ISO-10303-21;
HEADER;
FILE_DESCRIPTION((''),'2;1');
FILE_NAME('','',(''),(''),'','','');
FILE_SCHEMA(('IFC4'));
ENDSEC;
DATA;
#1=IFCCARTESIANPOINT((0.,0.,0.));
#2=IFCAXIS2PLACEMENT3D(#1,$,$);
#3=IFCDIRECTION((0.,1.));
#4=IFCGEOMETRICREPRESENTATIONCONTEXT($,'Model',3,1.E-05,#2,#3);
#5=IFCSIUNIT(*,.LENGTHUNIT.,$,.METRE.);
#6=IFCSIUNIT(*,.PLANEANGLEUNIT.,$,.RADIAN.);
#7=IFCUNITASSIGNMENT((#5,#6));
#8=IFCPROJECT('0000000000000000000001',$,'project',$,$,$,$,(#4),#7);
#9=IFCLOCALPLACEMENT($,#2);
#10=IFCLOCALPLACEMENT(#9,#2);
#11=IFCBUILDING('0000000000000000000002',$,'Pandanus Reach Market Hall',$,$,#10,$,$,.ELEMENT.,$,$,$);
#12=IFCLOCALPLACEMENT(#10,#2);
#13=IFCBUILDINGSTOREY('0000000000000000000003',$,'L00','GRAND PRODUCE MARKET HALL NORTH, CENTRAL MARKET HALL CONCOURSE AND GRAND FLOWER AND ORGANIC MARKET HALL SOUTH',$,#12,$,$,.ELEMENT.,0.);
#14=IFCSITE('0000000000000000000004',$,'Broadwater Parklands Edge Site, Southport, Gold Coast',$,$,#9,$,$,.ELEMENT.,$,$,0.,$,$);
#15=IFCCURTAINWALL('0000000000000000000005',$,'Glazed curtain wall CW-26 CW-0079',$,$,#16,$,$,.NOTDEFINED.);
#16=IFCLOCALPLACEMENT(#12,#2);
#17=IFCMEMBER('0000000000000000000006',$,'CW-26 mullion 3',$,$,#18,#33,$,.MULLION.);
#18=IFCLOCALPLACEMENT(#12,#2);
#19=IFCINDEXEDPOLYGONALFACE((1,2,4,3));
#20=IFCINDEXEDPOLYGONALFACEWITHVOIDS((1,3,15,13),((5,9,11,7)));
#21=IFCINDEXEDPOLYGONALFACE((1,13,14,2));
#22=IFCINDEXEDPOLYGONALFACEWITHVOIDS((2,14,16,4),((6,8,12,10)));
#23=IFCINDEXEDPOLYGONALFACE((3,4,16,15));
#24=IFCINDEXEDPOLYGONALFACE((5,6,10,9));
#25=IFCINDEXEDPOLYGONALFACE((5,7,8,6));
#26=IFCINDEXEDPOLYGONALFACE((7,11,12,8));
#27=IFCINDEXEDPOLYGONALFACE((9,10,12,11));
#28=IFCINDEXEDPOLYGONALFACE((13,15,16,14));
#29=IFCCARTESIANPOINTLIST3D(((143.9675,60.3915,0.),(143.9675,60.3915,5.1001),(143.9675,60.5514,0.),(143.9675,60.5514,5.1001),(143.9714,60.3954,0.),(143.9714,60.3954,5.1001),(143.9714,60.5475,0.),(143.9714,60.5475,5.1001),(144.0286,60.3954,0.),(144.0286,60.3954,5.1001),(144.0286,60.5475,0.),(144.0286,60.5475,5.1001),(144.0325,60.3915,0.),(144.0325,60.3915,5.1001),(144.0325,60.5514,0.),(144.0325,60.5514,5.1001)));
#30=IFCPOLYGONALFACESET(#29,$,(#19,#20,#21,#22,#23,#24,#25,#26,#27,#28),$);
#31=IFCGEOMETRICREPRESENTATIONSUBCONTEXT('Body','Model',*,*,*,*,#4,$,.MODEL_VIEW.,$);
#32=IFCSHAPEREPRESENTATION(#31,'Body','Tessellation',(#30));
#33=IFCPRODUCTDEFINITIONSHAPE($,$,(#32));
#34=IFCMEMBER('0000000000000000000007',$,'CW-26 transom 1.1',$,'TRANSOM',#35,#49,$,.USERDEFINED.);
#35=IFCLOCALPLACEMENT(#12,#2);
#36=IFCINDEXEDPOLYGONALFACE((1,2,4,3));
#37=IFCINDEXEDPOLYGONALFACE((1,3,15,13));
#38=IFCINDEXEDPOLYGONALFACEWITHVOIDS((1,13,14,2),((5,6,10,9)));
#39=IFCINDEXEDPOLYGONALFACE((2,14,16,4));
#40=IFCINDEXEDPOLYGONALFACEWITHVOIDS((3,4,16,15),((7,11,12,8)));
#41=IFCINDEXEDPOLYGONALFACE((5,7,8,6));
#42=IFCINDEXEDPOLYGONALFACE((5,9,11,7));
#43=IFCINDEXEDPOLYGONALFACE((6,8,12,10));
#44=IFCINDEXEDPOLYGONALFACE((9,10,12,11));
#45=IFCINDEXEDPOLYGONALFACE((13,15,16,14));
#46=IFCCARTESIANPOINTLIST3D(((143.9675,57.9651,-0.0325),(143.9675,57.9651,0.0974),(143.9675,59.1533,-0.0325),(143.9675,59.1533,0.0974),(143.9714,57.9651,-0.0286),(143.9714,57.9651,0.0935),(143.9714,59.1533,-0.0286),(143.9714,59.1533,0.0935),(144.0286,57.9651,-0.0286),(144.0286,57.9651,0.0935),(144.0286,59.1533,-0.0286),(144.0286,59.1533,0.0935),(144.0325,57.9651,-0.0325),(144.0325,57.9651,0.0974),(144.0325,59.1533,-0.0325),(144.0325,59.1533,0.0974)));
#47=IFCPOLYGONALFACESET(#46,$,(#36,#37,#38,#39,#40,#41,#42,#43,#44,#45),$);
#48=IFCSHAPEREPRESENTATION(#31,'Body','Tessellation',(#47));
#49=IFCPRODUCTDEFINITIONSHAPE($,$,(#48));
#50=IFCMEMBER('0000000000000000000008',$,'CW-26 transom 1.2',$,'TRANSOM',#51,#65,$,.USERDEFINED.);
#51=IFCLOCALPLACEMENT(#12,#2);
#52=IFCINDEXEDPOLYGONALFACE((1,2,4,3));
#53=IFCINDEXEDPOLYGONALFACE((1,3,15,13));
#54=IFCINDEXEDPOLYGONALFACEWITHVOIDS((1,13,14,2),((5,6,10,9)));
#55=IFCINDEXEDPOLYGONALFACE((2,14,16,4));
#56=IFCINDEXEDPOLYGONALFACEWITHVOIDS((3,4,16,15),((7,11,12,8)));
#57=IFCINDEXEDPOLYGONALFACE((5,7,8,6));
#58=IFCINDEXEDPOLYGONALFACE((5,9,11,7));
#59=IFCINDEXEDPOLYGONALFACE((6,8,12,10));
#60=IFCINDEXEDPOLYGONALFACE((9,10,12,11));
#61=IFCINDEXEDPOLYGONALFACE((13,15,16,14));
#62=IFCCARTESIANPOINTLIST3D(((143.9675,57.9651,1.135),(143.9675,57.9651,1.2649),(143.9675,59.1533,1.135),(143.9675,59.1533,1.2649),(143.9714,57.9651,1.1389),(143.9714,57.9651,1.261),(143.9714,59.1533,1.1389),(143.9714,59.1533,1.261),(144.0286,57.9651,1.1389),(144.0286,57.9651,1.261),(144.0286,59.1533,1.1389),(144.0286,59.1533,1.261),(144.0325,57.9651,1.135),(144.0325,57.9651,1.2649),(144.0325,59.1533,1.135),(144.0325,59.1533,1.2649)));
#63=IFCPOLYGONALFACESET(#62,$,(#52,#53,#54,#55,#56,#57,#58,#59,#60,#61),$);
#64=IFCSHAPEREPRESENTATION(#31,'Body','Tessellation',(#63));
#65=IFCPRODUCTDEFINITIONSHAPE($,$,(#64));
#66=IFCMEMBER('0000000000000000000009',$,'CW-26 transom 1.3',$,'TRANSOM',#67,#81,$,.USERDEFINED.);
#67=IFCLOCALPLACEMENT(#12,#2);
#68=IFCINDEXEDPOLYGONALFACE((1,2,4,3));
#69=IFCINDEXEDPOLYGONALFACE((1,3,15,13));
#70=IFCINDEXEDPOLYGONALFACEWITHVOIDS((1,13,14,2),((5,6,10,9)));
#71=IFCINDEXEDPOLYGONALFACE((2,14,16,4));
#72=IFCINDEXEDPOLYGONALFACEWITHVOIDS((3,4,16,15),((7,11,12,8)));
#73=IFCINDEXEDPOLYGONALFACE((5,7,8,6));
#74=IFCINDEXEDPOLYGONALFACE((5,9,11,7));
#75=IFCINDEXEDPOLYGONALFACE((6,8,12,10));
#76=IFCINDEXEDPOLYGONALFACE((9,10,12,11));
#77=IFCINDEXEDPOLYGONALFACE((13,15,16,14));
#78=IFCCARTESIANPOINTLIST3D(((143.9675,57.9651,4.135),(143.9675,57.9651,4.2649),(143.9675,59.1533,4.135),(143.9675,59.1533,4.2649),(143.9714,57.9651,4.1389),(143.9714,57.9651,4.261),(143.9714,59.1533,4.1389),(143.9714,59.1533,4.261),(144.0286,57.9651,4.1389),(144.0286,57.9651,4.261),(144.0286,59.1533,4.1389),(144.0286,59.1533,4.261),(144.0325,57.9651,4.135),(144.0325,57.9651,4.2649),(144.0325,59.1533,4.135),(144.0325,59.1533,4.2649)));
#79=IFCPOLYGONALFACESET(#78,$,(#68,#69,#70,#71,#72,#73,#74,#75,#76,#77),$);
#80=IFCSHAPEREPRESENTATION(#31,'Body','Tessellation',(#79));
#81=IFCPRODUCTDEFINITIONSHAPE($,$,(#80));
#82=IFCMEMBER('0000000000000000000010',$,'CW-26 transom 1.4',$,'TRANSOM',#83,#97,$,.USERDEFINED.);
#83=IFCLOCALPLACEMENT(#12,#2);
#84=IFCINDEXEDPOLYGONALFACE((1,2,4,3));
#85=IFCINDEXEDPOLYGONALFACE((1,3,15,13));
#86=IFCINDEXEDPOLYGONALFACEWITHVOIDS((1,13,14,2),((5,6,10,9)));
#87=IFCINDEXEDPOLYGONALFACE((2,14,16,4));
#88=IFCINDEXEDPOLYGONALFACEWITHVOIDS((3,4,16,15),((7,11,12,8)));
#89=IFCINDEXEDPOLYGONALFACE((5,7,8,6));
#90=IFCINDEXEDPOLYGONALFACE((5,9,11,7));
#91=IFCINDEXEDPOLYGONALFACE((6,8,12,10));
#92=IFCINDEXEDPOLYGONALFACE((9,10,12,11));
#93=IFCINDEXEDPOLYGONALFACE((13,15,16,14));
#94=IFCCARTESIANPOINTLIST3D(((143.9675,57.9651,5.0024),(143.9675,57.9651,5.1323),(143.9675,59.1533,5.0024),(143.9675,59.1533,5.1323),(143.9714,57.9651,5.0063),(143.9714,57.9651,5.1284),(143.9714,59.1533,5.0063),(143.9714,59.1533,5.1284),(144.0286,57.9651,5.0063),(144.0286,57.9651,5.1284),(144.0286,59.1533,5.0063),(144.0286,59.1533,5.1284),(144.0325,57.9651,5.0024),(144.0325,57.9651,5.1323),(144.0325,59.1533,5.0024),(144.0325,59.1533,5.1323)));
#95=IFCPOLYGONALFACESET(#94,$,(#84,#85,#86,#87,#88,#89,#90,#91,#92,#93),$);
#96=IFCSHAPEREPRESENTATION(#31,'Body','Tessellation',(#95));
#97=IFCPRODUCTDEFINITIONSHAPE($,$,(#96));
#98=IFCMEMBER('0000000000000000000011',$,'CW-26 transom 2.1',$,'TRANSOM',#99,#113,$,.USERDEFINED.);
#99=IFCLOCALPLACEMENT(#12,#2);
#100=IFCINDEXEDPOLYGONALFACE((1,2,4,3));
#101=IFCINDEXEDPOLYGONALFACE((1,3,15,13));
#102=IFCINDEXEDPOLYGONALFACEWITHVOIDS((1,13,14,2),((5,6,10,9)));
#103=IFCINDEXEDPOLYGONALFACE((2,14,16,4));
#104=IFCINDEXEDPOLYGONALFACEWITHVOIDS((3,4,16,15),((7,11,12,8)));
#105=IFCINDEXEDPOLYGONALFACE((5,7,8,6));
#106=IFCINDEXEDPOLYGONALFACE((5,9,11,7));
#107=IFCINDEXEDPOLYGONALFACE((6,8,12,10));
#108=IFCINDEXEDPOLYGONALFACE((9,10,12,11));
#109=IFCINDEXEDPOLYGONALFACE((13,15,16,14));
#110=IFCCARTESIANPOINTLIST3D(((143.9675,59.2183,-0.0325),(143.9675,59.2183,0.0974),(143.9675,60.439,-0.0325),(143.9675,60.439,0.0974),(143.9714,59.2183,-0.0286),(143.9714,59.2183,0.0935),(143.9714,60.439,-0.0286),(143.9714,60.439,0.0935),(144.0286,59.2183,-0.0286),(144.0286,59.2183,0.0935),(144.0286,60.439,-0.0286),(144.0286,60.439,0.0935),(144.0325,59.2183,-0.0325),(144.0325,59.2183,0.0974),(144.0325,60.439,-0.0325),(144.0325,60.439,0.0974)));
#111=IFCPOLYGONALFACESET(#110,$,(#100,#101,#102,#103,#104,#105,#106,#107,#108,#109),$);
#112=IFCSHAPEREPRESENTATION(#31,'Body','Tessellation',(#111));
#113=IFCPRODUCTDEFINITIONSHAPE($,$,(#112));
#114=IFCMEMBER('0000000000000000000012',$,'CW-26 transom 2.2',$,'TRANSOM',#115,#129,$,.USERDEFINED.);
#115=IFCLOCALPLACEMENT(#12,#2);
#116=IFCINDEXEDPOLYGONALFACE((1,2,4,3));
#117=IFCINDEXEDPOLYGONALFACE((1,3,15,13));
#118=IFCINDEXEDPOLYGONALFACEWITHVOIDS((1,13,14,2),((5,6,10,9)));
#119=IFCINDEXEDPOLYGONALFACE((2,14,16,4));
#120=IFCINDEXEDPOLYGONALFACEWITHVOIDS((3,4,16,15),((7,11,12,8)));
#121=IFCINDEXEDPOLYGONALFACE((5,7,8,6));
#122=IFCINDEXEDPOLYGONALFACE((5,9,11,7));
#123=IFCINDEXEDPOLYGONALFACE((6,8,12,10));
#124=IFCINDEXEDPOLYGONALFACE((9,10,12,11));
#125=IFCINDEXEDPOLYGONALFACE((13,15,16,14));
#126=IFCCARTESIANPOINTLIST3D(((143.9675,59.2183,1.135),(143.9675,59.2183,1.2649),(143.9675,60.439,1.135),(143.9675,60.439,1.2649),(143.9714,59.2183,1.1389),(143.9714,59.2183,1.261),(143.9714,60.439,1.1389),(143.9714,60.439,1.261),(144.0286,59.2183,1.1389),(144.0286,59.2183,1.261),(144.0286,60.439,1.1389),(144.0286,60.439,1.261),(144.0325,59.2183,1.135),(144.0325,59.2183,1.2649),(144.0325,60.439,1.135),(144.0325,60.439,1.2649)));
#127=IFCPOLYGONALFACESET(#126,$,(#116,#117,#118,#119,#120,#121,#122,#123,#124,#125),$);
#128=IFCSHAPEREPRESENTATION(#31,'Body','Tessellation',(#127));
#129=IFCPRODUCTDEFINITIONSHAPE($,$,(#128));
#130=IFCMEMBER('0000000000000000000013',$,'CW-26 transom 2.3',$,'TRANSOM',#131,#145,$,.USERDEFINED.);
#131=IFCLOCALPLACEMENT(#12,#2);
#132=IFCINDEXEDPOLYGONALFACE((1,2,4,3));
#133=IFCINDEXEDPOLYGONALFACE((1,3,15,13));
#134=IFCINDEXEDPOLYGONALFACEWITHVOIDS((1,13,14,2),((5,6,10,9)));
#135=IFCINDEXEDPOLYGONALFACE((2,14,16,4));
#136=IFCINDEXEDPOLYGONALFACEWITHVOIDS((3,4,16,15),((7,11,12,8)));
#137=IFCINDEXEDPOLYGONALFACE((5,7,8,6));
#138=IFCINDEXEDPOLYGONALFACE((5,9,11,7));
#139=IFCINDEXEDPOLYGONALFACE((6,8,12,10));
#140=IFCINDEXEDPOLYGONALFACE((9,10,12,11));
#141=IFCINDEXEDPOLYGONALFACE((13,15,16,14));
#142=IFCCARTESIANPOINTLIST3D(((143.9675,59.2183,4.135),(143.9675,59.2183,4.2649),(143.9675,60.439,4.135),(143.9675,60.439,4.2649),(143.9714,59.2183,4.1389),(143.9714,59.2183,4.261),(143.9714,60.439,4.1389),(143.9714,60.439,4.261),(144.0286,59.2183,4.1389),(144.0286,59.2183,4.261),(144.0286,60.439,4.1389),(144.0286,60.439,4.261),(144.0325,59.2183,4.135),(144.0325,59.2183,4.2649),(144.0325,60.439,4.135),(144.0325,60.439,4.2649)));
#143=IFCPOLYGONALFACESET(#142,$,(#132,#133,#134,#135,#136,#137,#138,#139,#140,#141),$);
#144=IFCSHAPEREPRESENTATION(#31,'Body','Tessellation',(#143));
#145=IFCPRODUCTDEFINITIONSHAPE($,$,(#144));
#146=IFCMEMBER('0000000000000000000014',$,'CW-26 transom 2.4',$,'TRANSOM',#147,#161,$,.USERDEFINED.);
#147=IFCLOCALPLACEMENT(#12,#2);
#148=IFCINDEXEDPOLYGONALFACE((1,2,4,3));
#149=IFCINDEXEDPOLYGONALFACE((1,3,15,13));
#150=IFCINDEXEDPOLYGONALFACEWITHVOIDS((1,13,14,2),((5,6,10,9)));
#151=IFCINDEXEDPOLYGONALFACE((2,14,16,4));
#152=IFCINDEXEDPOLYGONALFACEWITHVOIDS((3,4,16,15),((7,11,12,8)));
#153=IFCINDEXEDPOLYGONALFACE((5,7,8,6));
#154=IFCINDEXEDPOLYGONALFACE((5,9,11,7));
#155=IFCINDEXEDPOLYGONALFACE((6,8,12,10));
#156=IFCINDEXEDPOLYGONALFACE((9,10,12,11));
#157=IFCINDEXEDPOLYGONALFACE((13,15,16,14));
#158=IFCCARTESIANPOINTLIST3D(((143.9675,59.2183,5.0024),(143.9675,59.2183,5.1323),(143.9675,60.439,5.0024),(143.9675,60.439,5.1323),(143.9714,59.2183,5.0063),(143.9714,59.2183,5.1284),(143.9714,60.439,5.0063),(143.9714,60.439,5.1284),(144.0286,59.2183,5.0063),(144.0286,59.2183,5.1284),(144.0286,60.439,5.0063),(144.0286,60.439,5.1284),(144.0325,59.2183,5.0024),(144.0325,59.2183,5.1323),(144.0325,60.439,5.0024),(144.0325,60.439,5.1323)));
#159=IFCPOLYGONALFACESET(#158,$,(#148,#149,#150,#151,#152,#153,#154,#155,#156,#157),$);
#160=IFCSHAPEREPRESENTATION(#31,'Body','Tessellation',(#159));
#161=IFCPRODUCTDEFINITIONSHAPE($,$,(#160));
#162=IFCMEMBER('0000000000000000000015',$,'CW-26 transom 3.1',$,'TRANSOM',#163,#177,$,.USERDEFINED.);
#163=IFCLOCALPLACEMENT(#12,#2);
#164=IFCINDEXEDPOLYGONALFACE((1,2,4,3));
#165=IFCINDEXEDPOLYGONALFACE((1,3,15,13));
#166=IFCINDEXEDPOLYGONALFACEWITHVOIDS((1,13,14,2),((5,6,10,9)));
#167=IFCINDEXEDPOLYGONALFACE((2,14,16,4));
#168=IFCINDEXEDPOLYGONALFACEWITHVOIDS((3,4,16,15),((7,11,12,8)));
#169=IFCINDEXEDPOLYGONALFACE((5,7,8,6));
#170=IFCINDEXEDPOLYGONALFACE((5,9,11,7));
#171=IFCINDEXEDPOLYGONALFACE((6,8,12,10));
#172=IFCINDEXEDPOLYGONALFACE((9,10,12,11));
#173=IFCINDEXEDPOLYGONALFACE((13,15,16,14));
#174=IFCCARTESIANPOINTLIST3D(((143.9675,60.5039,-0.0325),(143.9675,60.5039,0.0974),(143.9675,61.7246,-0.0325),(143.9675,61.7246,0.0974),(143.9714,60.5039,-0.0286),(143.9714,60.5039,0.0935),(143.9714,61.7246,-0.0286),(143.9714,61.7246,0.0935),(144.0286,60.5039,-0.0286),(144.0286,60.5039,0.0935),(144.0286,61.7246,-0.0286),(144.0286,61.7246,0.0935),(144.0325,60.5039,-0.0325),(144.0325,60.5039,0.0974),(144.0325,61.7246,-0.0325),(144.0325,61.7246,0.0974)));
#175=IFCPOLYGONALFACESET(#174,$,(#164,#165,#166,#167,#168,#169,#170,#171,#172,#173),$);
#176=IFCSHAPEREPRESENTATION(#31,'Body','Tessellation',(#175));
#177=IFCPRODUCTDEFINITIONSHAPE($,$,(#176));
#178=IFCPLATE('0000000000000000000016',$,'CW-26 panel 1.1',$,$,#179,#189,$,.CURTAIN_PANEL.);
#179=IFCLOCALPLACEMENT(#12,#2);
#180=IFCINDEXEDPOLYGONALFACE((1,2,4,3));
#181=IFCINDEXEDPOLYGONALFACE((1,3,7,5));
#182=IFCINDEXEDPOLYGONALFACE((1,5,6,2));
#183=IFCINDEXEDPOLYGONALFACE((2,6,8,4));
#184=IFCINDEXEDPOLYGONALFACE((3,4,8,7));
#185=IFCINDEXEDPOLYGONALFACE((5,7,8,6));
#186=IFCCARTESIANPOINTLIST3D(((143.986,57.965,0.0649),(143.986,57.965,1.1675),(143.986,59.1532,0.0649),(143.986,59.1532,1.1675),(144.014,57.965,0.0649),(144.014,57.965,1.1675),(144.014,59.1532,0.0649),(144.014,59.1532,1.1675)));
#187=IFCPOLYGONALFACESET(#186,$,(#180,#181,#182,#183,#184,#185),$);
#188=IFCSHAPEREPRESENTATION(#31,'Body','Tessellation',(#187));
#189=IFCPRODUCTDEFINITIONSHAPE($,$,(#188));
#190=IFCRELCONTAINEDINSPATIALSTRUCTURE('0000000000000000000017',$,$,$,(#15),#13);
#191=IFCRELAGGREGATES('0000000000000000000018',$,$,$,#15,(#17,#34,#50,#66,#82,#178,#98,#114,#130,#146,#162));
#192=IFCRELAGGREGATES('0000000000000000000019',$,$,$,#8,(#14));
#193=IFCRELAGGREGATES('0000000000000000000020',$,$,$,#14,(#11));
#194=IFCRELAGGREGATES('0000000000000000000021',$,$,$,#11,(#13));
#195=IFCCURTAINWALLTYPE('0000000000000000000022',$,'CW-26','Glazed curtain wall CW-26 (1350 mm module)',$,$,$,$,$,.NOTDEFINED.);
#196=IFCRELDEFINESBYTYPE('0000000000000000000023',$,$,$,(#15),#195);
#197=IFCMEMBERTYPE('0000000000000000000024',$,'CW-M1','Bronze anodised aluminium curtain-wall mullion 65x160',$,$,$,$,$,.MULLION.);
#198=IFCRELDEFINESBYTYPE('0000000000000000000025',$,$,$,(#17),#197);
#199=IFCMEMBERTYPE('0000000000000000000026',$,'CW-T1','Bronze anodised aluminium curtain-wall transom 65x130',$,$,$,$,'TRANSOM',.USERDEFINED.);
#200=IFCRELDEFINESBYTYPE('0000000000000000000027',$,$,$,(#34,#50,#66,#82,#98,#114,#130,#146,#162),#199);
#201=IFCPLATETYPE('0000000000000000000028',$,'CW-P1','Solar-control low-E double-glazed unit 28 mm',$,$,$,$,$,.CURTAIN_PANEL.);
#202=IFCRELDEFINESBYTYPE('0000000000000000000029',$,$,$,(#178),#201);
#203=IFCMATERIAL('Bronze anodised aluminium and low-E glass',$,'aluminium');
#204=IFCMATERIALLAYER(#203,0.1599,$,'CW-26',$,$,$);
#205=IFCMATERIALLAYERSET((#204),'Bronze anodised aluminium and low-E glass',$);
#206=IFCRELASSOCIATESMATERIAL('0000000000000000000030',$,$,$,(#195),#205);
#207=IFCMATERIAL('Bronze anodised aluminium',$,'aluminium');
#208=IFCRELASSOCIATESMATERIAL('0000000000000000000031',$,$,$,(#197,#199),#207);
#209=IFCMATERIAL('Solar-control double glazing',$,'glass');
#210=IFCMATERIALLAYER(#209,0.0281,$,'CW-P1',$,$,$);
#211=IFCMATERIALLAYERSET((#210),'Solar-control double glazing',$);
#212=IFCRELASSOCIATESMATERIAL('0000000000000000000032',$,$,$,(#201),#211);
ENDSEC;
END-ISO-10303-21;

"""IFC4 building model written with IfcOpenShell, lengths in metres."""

from ifc_helpers import new_model, si_unit, direction, frame, origin, origin_2d, place, context, subcontext, project, spatial, rectangle, hollow_rectangle, extrude, material, layer, layer_set, material_profile, profile_set, type_object, element, aggregate, save


model = new_model("IFC4")

# Units and contexts
model_context = context("Model", 3, precision=1e-05, world=origin(), true_north=direction((0.0, 1.0)))
body_context = subcontext(model_context, "Body", "Model", "MODEL_VIEW")
ifc_project = project(units=[si_unit("LENGTHUNIT", "METRE"), si_unit("PLANEANGLEUNIT", "RADIAN")], contexts=[model_context])

# Site, building, storey
site_placement = place(None, origin())
site = spatial("IfcSite", under=ifc_project, at=site_placement, Name="Broadwater Parklands Edge Site, Southport, Gold Coast", CompositionType="ELEMENT", RefElevation=0.0)
building_placement = place(site_placement, origin())
building = spatial("IfcBuilding", under=site, at=building_placement, Name="Pandanus Reach Market Hall", CompositionType="ELEMENT")
storey_placement = place(building_placement, origin())
storey = spatial("IfcBuildingStorey", under=building, at=storey_placement, Name="L00", Description="GRAND PRODUCE MARKET HALL NORTH, CENTRAL MARKET HALL CONCOURSE AND GRAND FLOWER AND ORGANIC MARKET HALL SOUTH", CompositionType="ELEMENT", Elevation=0.0)

# Curtain wall, members, plate
ifc_material_1 = material(Name="Bronze anodised aluminium and low-E glass", Category="aluminium")
ifc_layer_1 = layer(ifc_material_1, 0.1599, Name="CW-26")
ifc_layer_set_1 = layer_set([ifc_layer_1], Name="Bronze anodised aluminium and low-E glass")
curtain_wall_type = type_object("IfcCurtainWallType", Name="CW-26", Description="Glazed curtain wall CW-26 (1350 mm module)", PredefinedType="NOTDEFINED", material=ifc_layer_set_1)
curtain_wall_placement = place(storey_placement, origin())
curtain_wall = element("IfcCurtainWall", 1, at=curtain_wall_placement, inside=storey, type_object=curtain_wall_type, Name="Glazed curtain wall CW-26 CW-0079", PredefinedType="NOTDEFINED")
ifc_material_2 = material(Name="Bronze anodised aluminium", Category="aluminium")
ifc_material_profile_1 = material_profile(ifc_material_2, hollow_rectangle(XDim=0.0649, YDim=0.1599, WallThickness=0.0039, at=origin_2d()), Name="ALU65x160", Category="LoadBearing")
ifc_profile_set_1 = profile_set([ifc_material_profile_1], Name="Bronze anodised aluminium")
member_type_1 = type_object("IfcMemberType", Name="CW-M1", Description="Bronze anodised aluminium curtain-wall mullion 65x160", PredefinedType="MULLION", material=ifc_profile_set_1)
member_1_placement = place(storey_placement, frame((144.0, 60.4714, 0.0), z_axis=(0.0, 0.0, 1.0), x_axis=(-1.0, 0.0, 0.0)))
member_1 = element("IfcMember", 2, at=member_1_placement, type_object=member_type_1, Name="CW-26 mullion 3", PredefinedType="MULLION", context=body_context, shape_type="SweptSolid", body=[
    extrude(hollow_rectangle(XDim=0.0649, YDim=0.1599, WallThickness=0.0039, at=origin_2d()), origin(), (0.0, 0.0, 1.0), 5.1001),
])
ifc_material_profile_2 = material_profile(ifc_material_2, hollow_rectangle(XDim=0.0649, YDim=0.1299, WallThickness=0.0039, at=origin_2d()), Name="ALU65x130", Category="LoadBearing")
ifc_profile_set_2 = profile_set([ifc_material_profile_2], Name="Bronze anodised aluminium")
member_type_2 = type_object("IfcMemberType", Name="CW-T1", Description="Bronze anodised aluminium curtain-wall transom 65x130", ElementType="TRANSOM", PredefinedType="USERDEFINED", material=ifc_profile_set_2)
member_2_placement = place(storey_placement, frame((144.0, 57.9651, 0.0325), z_axis=(0.0, 1.0, 0.0), x_axis=(-1.0, 0.0, 0.0)))
member_2 = element("IfcMember", 3, at=member_2_placement, type_object=member_type_2, Name="CW-26 transom 1.1", ObjectType="TRANSOM", PredefinedType="USERDEFINED", context=body_context, shape_type="SweptSolid", body=[
    extrude(hollow_rectangle(XDim=0.0649, YDim=0.1299, WallThickness=0.0039, at=origin_2d()), origin(), (0.0, 0.0, 1.0), 1.1882),
])
member_3_placement = place(storey_placement, frame((144.0, 57.9651, 1.2), z_axis=(0.0, 1.0, 0.0), x_axis=(-1.0, 0.0, 0.0)))
member_3 = element("IfcMember", 4, at=member_3_placement, type_object=member_type_2, Name="CW-26 transom 1.2", ObjectType="TRANSOM", PredefinedType="USERDEFINED", context=body_context, shape_type="SweptSolid", body=[
    extrude(hollow_rectangle(XDim=0.0649, YDim=0.1299, WallThickness=0.0039, at=origin_2d()), origin(), (0.0, 0.0, 1.0), 1.1882),
])
member_4_placement = place(storey_placement, frame((144.0, 57.9651, 4.2), z_axis=(0.0, 1.0, 0.0), x_axis=(-1.0, 0.0, 0.0)))
member_4 = element("IfcMember", 5, at=member_4_placement, type_object=member_type_2, Name="CW-26 transom 1.3", ObjectType="TRANSOM", PredefinedType="USERDEFINED", context=body_context, shape_type="SweptSolid", body=[
    extrude(hollow_rectangle(XDim=0.0649, YDim=0.1299, WallThickness=0.0039, at=origin_2d()), origin(), (0.0, 0.0, 1.0), 1.1882),
])
member_5_placement = place(storey_placement, frame((144.0, 57.9651, 5.0674), z_axis=(0.0, 1.0, 0.0), x_axis=(-1.0, 0.0, 0.0)))
member_5 = element("IfcMember", 6, at=member_5_placement, type_object=member_type_2, Name="CW-26 transom 1.4", ObjectType="TRANSOM", PredefinedType="USERDEFINED", context=body_context, shape_type="SweptSolid", body=[
    extrude(hollow_rectangle(XDim=0.0649, YDim=0.1299, WallThickness=0.0039, at=origin_2d()), origin(), (0.0, 0.0, 1.0), 1.1882),
])
member_6_placement = place(storey_placement, frame((144.0, 59.2183, 0.0325), z_axis=(0.0, 1.0, 0.0), x_axis=(-1.0, 0.0, 0.0)))
member_6 = element("IfcMember", 7, at=member_6_placement, type_object=member_type_2, Name="CW-26 transom 2.1", ObjectType="TRANSOM", PredefinedType="USERDEFINED", context=body_context, shape_type="SweptSolid", body=[
    extrude(hollow_rectangle(XDim=0.0649, YDim=0.1299, WallThickness=0.0039, at=origin_2d()), origin(), (0.0, 0.0, 1.0), 1.2207),
])
member_7_placement = place(storey_placement, frame((144.0, 59.2183, 1.2), z_axis=(0.0, 1.0, 0.0), x_axis=(-1.0, 0.0, 0.0)))
member_7 = element("IfcMember", 8, at=member_7_placement, type_object=member_type_2, Name="CW-26 transom 2.2", ObjectType="TRANSOM", PredefinedType="USERDEFINED", context=body_context, shape_type="SweptSolid", body=[
    extrude(hollow_rectangle(XDim=0.0649, YDim=0.1299, WallThickness=0.0039, at=origin_2d()), origin(), (0.0, 0.0, 1.0), 1.2207),
])
member_8_placement = place(storey_placement, frame((144.0, 59.2183, 4.2), z_axis=(0.0, 1.0, 0.0), x_axis=(-1.0, 0.0, 0.0)))
member_8 = element("IfcMember", 9, at=member_8_placement, type_object=member_type_2, Name="CW-26 transom 2.3", ObjectType="TRANSOM", PredefinedType="USERDEFINED", context=body_context, shape_type="SweptSolid", body=[
    extrude(hollow_rectangle(XDim=0.0649, YDim=0.1299, WallThickness=0.0039, at=origin_2d()), origin(), (0.0, 0.0, 1.0), 1.2207),
])
member_9_placement = place(storey_placement, frame((144.0, 59.2183, 5.0674), z_axis=(0.0, 1.0, 0.0), x_axis=(-1.0, 0.0, 0.0)))
member_9 = element("IfcMember", 10, at=member_9_placement, type_object=member_type_2, Name="CW-26 transom 2.4", ObjectType="TRANSOM", PredefinedType="USERDEFINED", context=body_context, shape_type="SweptSolid", body=[
    extrude(hollow_rectangle(XDim=0.0649, YDim=0.1299, WallThickness=0.0039, at=origin_2d()), origin(), (0.0, 0.0, 1.0), 1.2207),
])
member_10_placement = place(storey_placement, frame((144.0, 60.5039, 0.0325), z_axis=(0.0, 1.0, 0.0), x_axis=(-1.0, 0.0, 0.0)))
member_10 = element("IfcMember", 11, at=member_10_placement, type_object=member_type_2, Name="CW-26 transom 3.1", ObjectType="TRANSOM", PredefinedType="USERDEFINED", context=body_context, shape_type="SweptSolid", body=[
    extrude(hollow_rectangle(XDim=0.0649, YDim=0.1299, WallThickness=0.0039, at=origin_2d()), origin(), (0.0, 0.0, 1.0), 1.2207),
])
ifc_material_3 = material(Name="Solar-control double glazing", Category="glass")
ifc_layer_2 = layer(ifc_material_3, 0.0281, Name="CW-P1")
ifc_layer_set_2 = layer_set([ifc_layer_2], Name="Solar-control double glazing")
plate_type = type_object("IfcPlateType", Name="CW-P1", Description="Solar-control low-E double-glazed unit 28 mm", PredefinedType="CURTAIN_PANEL", material=ifc_layer_set_2)
plate_1_placement = place(storey_placement, frame((144.0, 58.5591, 0.0649), z_axis=(0.0, 0.0, 1.0), x_axis=(0.0, 1.0, 0.0)))
plate_1 = element("IfcPlate", 12, at=plate_1_placement, type_object=plate_type, Name="CW-26 panel 1.1", PredefinedType="CURTAIN_PANEL", context=body_context, shape_type="SweptSolid", body=[
    extrude(rectangle(XDim=1.1882, YDim=0.0281, at=origin_2d()), origin(), (0.0, 0.0, 1.0), 1.1025),
])
aggregate(curtain_wall, [member_1, member_2, member_3, member_4, member_5, plate_1, member_6, member_7, member_8, member_9, member_10])

save(model, "model.ifc")
